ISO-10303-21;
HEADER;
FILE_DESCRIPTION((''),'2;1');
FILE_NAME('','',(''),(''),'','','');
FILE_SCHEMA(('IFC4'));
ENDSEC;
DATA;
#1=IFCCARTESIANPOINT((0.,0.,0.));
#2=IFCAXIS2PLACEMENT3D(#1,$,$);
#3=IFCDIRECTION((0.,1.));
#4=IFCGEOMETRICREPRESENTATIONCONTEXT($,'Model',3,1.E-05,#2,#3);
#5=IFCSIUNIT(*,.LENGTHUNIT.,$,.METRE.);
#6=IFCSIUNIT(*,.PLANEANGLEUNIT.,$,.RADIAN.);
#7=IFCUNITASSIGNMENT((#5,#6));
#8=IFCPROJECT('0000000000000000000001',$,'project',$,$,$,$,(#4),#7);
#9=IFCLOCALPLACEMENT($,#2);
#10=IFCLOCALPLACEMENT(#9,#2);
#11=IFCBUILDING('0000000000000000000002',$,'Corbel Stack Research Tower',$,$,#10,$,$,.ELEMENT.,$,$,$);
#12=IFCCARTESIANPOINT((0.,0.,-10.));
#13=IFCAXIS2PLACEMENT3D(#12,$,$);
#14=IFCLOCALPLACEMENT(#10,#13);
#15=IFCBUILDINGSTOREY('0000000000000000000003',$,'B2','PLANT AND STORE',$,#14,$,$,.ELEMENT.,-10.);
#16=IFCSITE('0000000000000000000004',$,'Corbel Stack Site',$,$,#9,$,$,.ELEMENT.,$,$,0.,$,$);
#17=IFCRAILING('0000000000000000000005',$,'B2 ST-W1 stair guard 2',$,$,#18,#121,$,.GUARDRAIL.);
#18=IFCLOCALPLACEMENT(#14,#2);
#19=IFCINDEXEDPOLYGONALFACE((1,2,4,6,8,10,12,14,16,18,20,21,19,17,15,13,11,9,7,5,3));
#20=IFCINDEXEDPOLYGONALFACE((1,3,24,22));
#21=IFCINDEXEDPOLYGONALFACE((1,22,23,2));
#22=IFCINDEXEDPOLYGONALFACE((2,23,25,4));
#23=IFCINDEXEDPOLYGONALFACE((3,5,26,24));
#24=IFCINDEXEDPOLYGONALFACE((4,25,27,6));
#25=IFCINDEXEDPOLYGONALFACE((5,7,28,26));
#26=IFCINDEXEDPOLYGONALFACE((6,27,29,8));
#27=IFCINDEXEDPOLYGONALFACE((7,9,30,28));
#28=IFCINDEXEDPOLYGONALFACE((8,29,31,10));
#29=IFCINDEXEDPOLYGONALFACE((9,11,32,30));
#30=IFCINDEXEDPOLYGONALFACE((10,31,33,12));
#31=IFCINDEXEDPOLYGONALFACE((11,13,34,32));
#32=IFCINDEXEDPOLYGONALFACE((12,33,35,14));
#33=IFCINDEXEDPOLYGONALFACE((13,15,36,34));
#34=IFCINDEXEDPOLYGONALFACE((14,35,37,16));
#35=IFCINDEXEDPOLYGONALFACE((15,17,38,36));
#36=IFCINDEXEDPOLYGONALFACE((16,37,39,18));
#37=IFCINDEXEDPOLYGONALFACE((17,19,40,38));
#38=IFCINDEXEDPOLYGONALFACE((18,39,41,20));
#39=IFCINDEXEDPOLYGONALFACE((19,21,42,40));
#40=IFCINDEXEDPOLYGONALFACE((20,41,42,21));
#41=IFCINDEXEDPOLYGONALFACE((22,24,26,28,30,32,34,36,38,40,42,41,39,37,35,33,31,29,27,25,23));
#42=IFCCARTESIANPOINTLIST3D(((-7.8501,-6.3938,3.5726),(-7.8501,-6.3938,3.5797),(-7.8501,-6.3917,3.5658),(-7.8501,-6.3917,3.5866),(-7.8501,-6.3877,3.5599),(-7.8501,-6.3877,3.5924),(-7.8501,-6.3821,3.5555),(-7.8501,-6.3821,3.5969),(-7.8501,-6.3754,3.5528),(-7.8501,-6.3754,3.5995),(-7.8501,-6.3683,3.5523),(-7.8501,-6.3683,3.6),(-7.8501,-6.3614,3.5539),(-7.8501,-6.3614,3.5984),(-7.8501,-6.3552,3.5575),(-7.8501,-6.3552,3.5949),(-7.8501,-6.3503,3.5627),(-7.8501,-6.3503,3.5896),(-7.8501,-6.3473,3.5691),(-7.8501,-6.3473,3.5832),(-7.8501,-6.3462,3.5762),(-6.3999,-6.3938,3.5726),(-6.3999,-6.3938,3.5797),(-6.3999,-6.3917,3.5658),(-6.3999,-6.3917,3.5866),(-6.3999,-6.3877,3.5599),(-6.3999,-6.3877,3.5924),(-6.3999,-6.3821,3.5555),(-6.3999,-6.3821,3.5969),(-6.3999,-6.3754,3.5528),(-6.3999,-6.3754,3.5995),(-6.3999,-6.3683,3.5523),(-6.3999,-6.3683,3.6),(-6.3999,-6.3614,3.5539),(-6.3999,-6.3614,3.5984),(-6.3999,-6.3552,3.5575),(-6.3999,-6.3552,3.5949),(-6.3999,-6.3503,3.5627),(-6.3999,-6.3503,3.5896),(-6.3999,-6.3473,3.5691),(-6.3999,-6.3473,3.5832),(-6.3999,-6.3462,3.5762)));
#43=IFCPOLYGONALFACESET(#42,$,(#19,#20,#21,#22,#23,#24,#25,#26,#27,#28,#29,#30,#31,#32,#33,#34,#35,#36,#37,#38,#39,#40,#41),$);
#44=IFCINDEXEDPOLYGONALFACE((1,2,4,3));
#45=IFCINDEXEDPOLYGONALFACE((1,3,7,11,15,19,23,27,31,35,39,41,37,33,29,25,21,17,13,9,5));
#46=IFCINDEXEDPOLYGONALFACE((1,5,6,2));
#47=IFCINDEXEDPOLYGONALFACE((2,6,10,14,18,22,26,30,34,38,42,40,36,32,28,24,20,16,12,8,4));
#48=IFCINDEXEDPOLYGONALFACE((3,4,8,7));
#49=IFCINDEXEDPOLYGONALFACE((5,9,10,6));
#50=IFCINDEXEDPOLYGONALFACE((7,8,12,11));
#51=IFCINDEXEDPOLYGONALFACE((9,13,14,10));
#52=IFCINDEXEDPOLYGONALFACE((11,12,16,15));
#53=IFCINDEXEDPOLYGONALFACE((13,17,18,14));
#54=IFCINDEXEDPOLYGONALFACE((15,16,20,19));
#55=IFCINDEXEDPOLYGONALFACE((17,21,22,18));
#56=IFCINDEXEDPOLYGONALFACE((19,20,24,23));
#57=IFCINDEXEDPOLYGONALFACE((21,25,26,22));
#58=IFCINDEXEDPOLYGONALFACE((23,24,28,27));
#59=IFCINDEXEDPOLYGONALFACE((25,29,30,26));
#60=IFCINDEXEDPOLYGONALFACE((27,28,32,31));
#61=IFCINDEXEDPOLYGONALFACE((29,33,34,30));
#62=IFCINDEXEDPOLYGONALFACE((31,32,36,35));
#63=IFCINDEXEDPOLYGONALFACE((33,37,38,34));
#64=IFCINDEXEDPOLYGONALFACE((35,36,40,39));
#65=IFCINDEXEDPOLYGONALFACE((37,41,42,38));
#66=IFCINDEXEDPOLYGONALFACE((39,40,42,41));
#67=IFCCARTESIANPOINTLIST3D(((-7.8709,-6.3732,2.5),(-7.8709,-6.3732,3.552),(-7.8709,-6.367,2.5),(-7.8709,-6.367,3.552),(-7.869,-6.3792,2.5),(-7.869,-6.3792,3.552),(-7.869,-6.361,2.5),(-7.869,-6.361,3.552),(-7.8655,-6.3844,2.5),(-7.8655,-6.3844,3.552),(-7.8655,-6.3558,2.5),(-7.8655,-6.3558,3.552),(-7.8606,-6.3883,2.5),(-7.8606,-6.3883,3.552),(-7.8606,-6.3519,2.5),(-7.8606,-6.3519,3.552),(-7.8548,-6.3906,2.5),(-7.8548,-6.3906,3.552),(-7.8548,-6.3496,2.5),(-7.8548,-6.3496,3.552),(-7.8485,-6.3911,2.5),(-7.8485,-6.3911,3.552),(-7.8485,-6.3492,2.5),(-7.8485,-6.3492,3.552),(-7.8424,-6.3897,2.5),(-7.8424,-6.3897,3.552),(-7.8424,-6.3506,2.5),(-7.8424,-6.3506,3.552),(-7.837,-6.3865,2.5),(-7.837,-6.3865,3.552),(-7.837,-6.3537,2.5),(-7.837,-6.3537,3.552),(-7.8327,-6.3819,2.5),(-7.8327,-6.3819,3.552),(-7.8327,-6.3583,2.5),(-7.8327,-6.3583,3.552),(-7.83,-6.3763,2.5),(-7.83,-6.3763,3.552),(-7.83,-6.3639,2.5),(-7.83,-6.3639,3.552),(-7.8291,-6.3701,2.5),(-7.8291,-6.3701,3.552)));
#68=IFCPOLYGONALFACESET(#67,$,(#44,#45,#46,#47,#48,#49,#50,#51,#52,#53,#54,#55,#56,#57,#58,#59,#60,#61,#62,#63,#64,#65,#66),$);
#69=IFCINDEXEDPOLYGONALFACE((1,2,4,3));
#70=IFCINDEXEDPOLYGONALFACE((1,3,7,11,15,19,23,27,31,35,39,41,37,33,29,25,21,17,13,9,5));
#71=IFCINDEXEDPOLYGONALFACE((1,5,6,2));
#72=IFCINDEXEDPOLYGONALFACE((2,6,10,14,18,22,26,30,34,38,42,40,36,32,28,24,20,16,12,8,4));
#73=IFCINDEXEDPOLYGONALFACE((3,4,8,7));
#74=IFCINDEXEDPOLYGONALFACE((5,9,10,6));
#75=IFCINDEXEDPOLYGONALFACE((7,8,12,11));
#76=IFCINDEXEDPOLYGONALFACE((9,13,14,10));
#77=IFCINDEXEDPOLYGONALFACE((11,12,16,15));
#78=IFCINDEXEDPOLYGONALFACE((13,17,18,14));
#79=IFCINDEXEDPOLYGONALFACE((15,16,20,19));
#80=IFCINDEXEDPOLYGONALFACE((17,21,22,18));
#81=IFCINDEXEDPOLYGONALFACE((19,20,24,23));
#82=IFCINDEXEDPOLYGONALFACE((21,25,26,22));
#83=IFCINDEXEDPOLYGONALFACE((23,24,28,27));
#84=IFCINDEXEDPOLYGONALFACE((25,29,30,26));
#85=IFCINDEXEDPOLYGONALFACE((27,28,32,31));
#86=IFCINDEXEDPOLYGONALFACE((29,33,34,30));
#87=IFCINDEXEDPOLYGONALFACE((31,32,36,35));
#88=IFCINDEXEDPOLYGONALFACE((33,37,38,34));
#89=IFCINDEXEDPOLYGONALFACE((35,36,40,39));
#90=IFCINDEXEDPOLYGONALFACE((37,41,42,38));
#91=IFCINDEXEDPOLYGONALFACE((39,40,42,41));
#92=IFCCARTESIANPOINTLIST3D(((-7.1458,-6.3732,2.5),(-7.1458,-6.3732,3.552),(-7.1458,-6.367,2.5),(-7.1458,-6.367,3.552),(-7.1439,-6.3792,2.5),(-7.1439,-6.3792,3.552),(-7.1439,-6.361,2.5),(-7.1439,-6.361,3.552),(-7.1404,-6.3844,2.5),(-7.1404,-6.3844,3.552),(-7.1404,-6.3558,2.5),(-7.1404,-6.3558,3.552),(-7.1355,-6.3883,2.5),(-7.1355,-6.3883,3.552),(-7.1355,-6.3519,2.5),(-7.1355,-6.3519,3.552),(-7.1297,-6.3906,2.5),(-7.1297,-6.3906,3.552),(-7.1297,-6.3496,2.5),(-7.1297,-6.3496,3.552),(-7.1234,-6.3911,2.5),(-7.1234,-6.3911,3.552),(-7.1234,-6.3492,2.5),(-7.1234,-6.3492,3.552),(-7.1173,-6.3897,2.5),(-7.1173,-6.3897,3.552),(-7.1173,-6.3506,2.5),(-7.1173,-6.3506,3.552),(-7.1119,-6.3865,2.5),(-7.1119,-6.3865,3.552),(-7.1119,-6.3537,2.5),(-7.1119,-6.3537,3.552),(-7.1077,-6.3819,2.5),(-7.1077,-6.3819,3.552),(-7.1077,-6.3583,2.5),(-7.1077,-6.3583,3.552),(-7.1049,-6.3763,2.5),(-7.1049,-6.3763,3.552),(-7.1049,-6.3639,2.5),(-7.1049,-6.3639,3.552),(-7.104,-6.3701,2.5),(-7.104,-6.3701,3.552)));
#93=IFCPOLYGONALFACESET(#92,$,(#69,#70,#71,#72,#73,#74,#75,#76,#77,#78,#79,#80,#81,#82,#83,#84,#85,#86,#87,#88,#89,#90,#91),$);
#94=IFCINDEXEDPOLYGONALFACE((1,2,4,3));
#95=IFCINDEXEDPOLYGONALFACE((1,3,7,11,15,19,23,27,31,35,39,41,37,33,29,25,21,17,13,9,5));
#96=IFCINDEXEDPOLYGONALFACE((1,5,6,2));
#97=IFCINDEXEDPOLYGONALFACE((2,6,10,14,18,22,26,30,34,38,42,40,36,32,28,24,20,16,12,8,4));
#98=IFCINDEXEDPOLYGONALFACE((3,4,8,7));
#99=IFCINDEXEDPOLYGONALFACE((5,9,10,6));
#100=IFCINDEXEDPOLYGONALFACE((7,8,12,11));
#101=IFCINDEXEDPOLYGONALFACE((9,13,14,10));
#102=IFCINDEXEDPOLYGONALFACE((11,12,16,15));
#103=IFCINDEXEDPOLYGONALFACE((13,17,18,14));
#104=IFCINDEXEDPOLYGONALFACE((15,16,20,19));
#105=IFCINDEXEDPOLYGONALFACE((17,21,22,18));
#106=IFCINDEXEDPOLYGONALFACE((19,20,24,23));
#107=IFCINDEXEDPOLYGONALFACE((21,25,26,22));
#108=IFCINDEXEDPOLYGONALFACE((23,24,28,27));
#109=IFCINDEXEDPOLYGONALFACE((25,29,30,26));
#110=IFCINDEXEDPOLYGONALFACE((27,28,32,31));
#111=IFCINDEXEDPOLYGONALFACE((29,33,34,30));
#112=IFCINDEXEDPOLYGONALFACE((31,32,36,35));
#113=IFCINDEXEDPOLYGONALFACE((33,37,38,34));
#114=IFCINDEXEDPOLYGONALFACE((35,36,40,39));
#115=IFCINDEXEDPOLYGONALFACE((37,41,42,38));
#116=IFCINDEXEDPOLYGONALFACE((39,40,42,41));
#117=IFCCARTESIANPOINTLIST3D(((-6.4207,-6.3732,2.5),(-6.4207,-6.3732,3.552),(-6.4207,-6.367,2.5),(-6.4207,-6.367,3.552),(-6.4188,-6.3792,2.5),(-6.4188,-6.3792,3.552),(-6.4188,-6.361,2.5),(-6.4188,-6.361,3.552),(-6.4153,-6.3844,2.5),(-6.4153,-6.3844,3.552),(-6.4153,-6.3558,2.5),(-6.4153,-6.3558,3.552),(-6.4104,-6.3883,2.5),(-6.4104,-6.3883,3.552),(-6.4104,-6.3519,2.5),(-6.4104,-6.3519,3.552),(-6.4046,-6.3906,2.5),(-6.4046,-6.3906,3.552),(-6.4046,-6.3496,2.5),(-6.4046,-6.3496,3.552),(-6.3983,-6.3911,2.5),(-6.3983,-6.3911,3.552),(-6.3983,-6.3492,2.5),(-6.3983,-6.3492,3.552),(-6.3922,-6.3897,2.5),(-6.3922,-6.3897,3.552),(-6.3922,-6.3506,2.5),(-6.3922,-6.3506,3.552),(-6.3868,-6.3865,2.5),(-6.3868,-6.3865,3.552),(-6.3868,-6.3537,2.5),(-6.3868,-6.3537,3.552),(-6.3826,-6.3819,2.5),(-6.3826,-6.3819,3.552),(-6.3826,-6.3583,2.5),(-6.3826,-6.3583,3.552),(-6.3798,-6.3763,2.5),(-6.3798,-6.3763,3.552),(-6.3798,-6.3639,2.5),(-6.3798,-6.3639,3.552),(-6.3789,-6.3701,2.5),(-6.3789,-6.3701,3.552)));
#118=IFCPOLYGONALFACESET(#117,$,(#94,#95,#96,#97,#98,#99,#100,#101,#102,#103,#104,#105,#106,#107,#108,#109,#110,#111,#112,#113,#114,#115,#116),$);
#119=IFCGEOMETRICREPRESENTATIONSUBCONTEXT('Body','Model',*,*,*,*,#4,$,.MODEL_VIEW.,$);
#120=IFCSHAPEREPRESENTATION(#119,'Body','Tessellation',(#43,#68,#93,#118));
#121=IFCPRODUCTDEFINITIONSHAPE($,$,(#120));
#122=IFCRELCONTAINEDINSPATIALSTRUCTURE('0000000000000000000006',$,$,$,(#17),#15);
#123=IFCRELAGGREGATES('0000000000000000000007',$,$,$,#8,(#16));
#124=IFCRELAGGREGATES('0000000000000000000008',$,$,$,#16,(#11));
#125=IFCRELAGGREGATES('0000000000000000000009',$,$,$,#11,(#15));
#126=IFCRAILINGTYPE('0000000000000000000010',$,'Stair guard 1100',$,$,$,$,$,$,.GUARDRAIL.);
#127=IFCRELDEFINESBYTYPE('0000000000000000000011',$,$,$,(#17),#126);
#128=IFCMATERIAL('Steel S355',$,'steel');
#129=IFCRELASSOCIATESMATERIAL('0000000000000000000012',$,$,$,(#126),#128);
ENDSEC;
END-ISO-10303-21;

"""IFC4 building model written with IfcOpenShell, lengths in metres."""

from ifc_helpers import new_model, si_unit, direction, frame, origin, origin_2d, place, context, subcontext, project, spatial, circle, extrude, material, type_object, element, save


model = new_model("IFC4")

# Units and contexts
model_context = context("Model", 3, precision=1e-05, world=origin(), true_north=direction((0.0, 1.0)))
body_context = subcontext(model_context, "Body", "Model", "MODEL_VIEW")
ifc_project = project(units=[si_unit("LENGTHUNIT", "METRE"), si_unit("PLANEANGLEUNIT", "RADIAN")], contexts=[model_context])

# Site, building, storey
site_placement = place(None, origin())
site = spatial("IfcSite", under=ifc_project, at=site_placement, Name="Corbel Stack Site", CompositionType="ELEMENT", RefElevation=0.0)
building_placement = place(site_placement, origin())
building = spatial("IfcBuilding", under=site, at=building_placement, Name="Corbel Stack Research Tower", CompositionType="ELEMENT")
storey_placement = place(building_placement, frame((0.0, 0.0, -10.0)))
storey = spatial("IfcBuildingStorey", under=building, at=storey_placement, Name="B2", Description="PLANT AND STORE", CompositionType="ELEMENT", Elevation=-10.0)

# Railing
ifc_material_1 = material(Name="Steel S355", Category="steel")
railing_type_1 = type_object("IfcRailingType", Name="Stair guard 1100", PredefinedType="GUARDRAIL", material=ifc_material_1)
railing_1_placement = place(storey_placement, frame((-7.8501, -6.3701, 2.5)))
element("IfcRailing", 1, at=railing_1_placement, inside=storey, type_object=railing_type_1, Name="B2 ST-W1 stair guard 2", PredefinedType="GUARDRAIL", context=body_context, shape_type="SweptSolid", body=[
    extrude(circle(Radius=0.0239, at=origin_2d()), frame((0.0, 0.0, 1.0762), z_axis=(1.0, 0.0, 0.0), x_axis=(0.0, 1.0, 0.0)), (0.0, 0.0, 1.0), 1.4502),
    extrude(circle(Radius=0.021, at=origin_2d()), origin(), (0.0, 0.0, 1.0), 1.052),
    extrude(circle(Radius=0.021, at=origin_2d()), frame((0.7251, 0.0, 0.0)), (0.0, 0.0, 1.0), 1.052),
    extrude(circle(Radius=0.021, at=origin_2d()), frame((1.4502, 0.0, 0.0)), (0.0, 0.0, 1.0), 1.052),
])

save(model, "model.ifc")
